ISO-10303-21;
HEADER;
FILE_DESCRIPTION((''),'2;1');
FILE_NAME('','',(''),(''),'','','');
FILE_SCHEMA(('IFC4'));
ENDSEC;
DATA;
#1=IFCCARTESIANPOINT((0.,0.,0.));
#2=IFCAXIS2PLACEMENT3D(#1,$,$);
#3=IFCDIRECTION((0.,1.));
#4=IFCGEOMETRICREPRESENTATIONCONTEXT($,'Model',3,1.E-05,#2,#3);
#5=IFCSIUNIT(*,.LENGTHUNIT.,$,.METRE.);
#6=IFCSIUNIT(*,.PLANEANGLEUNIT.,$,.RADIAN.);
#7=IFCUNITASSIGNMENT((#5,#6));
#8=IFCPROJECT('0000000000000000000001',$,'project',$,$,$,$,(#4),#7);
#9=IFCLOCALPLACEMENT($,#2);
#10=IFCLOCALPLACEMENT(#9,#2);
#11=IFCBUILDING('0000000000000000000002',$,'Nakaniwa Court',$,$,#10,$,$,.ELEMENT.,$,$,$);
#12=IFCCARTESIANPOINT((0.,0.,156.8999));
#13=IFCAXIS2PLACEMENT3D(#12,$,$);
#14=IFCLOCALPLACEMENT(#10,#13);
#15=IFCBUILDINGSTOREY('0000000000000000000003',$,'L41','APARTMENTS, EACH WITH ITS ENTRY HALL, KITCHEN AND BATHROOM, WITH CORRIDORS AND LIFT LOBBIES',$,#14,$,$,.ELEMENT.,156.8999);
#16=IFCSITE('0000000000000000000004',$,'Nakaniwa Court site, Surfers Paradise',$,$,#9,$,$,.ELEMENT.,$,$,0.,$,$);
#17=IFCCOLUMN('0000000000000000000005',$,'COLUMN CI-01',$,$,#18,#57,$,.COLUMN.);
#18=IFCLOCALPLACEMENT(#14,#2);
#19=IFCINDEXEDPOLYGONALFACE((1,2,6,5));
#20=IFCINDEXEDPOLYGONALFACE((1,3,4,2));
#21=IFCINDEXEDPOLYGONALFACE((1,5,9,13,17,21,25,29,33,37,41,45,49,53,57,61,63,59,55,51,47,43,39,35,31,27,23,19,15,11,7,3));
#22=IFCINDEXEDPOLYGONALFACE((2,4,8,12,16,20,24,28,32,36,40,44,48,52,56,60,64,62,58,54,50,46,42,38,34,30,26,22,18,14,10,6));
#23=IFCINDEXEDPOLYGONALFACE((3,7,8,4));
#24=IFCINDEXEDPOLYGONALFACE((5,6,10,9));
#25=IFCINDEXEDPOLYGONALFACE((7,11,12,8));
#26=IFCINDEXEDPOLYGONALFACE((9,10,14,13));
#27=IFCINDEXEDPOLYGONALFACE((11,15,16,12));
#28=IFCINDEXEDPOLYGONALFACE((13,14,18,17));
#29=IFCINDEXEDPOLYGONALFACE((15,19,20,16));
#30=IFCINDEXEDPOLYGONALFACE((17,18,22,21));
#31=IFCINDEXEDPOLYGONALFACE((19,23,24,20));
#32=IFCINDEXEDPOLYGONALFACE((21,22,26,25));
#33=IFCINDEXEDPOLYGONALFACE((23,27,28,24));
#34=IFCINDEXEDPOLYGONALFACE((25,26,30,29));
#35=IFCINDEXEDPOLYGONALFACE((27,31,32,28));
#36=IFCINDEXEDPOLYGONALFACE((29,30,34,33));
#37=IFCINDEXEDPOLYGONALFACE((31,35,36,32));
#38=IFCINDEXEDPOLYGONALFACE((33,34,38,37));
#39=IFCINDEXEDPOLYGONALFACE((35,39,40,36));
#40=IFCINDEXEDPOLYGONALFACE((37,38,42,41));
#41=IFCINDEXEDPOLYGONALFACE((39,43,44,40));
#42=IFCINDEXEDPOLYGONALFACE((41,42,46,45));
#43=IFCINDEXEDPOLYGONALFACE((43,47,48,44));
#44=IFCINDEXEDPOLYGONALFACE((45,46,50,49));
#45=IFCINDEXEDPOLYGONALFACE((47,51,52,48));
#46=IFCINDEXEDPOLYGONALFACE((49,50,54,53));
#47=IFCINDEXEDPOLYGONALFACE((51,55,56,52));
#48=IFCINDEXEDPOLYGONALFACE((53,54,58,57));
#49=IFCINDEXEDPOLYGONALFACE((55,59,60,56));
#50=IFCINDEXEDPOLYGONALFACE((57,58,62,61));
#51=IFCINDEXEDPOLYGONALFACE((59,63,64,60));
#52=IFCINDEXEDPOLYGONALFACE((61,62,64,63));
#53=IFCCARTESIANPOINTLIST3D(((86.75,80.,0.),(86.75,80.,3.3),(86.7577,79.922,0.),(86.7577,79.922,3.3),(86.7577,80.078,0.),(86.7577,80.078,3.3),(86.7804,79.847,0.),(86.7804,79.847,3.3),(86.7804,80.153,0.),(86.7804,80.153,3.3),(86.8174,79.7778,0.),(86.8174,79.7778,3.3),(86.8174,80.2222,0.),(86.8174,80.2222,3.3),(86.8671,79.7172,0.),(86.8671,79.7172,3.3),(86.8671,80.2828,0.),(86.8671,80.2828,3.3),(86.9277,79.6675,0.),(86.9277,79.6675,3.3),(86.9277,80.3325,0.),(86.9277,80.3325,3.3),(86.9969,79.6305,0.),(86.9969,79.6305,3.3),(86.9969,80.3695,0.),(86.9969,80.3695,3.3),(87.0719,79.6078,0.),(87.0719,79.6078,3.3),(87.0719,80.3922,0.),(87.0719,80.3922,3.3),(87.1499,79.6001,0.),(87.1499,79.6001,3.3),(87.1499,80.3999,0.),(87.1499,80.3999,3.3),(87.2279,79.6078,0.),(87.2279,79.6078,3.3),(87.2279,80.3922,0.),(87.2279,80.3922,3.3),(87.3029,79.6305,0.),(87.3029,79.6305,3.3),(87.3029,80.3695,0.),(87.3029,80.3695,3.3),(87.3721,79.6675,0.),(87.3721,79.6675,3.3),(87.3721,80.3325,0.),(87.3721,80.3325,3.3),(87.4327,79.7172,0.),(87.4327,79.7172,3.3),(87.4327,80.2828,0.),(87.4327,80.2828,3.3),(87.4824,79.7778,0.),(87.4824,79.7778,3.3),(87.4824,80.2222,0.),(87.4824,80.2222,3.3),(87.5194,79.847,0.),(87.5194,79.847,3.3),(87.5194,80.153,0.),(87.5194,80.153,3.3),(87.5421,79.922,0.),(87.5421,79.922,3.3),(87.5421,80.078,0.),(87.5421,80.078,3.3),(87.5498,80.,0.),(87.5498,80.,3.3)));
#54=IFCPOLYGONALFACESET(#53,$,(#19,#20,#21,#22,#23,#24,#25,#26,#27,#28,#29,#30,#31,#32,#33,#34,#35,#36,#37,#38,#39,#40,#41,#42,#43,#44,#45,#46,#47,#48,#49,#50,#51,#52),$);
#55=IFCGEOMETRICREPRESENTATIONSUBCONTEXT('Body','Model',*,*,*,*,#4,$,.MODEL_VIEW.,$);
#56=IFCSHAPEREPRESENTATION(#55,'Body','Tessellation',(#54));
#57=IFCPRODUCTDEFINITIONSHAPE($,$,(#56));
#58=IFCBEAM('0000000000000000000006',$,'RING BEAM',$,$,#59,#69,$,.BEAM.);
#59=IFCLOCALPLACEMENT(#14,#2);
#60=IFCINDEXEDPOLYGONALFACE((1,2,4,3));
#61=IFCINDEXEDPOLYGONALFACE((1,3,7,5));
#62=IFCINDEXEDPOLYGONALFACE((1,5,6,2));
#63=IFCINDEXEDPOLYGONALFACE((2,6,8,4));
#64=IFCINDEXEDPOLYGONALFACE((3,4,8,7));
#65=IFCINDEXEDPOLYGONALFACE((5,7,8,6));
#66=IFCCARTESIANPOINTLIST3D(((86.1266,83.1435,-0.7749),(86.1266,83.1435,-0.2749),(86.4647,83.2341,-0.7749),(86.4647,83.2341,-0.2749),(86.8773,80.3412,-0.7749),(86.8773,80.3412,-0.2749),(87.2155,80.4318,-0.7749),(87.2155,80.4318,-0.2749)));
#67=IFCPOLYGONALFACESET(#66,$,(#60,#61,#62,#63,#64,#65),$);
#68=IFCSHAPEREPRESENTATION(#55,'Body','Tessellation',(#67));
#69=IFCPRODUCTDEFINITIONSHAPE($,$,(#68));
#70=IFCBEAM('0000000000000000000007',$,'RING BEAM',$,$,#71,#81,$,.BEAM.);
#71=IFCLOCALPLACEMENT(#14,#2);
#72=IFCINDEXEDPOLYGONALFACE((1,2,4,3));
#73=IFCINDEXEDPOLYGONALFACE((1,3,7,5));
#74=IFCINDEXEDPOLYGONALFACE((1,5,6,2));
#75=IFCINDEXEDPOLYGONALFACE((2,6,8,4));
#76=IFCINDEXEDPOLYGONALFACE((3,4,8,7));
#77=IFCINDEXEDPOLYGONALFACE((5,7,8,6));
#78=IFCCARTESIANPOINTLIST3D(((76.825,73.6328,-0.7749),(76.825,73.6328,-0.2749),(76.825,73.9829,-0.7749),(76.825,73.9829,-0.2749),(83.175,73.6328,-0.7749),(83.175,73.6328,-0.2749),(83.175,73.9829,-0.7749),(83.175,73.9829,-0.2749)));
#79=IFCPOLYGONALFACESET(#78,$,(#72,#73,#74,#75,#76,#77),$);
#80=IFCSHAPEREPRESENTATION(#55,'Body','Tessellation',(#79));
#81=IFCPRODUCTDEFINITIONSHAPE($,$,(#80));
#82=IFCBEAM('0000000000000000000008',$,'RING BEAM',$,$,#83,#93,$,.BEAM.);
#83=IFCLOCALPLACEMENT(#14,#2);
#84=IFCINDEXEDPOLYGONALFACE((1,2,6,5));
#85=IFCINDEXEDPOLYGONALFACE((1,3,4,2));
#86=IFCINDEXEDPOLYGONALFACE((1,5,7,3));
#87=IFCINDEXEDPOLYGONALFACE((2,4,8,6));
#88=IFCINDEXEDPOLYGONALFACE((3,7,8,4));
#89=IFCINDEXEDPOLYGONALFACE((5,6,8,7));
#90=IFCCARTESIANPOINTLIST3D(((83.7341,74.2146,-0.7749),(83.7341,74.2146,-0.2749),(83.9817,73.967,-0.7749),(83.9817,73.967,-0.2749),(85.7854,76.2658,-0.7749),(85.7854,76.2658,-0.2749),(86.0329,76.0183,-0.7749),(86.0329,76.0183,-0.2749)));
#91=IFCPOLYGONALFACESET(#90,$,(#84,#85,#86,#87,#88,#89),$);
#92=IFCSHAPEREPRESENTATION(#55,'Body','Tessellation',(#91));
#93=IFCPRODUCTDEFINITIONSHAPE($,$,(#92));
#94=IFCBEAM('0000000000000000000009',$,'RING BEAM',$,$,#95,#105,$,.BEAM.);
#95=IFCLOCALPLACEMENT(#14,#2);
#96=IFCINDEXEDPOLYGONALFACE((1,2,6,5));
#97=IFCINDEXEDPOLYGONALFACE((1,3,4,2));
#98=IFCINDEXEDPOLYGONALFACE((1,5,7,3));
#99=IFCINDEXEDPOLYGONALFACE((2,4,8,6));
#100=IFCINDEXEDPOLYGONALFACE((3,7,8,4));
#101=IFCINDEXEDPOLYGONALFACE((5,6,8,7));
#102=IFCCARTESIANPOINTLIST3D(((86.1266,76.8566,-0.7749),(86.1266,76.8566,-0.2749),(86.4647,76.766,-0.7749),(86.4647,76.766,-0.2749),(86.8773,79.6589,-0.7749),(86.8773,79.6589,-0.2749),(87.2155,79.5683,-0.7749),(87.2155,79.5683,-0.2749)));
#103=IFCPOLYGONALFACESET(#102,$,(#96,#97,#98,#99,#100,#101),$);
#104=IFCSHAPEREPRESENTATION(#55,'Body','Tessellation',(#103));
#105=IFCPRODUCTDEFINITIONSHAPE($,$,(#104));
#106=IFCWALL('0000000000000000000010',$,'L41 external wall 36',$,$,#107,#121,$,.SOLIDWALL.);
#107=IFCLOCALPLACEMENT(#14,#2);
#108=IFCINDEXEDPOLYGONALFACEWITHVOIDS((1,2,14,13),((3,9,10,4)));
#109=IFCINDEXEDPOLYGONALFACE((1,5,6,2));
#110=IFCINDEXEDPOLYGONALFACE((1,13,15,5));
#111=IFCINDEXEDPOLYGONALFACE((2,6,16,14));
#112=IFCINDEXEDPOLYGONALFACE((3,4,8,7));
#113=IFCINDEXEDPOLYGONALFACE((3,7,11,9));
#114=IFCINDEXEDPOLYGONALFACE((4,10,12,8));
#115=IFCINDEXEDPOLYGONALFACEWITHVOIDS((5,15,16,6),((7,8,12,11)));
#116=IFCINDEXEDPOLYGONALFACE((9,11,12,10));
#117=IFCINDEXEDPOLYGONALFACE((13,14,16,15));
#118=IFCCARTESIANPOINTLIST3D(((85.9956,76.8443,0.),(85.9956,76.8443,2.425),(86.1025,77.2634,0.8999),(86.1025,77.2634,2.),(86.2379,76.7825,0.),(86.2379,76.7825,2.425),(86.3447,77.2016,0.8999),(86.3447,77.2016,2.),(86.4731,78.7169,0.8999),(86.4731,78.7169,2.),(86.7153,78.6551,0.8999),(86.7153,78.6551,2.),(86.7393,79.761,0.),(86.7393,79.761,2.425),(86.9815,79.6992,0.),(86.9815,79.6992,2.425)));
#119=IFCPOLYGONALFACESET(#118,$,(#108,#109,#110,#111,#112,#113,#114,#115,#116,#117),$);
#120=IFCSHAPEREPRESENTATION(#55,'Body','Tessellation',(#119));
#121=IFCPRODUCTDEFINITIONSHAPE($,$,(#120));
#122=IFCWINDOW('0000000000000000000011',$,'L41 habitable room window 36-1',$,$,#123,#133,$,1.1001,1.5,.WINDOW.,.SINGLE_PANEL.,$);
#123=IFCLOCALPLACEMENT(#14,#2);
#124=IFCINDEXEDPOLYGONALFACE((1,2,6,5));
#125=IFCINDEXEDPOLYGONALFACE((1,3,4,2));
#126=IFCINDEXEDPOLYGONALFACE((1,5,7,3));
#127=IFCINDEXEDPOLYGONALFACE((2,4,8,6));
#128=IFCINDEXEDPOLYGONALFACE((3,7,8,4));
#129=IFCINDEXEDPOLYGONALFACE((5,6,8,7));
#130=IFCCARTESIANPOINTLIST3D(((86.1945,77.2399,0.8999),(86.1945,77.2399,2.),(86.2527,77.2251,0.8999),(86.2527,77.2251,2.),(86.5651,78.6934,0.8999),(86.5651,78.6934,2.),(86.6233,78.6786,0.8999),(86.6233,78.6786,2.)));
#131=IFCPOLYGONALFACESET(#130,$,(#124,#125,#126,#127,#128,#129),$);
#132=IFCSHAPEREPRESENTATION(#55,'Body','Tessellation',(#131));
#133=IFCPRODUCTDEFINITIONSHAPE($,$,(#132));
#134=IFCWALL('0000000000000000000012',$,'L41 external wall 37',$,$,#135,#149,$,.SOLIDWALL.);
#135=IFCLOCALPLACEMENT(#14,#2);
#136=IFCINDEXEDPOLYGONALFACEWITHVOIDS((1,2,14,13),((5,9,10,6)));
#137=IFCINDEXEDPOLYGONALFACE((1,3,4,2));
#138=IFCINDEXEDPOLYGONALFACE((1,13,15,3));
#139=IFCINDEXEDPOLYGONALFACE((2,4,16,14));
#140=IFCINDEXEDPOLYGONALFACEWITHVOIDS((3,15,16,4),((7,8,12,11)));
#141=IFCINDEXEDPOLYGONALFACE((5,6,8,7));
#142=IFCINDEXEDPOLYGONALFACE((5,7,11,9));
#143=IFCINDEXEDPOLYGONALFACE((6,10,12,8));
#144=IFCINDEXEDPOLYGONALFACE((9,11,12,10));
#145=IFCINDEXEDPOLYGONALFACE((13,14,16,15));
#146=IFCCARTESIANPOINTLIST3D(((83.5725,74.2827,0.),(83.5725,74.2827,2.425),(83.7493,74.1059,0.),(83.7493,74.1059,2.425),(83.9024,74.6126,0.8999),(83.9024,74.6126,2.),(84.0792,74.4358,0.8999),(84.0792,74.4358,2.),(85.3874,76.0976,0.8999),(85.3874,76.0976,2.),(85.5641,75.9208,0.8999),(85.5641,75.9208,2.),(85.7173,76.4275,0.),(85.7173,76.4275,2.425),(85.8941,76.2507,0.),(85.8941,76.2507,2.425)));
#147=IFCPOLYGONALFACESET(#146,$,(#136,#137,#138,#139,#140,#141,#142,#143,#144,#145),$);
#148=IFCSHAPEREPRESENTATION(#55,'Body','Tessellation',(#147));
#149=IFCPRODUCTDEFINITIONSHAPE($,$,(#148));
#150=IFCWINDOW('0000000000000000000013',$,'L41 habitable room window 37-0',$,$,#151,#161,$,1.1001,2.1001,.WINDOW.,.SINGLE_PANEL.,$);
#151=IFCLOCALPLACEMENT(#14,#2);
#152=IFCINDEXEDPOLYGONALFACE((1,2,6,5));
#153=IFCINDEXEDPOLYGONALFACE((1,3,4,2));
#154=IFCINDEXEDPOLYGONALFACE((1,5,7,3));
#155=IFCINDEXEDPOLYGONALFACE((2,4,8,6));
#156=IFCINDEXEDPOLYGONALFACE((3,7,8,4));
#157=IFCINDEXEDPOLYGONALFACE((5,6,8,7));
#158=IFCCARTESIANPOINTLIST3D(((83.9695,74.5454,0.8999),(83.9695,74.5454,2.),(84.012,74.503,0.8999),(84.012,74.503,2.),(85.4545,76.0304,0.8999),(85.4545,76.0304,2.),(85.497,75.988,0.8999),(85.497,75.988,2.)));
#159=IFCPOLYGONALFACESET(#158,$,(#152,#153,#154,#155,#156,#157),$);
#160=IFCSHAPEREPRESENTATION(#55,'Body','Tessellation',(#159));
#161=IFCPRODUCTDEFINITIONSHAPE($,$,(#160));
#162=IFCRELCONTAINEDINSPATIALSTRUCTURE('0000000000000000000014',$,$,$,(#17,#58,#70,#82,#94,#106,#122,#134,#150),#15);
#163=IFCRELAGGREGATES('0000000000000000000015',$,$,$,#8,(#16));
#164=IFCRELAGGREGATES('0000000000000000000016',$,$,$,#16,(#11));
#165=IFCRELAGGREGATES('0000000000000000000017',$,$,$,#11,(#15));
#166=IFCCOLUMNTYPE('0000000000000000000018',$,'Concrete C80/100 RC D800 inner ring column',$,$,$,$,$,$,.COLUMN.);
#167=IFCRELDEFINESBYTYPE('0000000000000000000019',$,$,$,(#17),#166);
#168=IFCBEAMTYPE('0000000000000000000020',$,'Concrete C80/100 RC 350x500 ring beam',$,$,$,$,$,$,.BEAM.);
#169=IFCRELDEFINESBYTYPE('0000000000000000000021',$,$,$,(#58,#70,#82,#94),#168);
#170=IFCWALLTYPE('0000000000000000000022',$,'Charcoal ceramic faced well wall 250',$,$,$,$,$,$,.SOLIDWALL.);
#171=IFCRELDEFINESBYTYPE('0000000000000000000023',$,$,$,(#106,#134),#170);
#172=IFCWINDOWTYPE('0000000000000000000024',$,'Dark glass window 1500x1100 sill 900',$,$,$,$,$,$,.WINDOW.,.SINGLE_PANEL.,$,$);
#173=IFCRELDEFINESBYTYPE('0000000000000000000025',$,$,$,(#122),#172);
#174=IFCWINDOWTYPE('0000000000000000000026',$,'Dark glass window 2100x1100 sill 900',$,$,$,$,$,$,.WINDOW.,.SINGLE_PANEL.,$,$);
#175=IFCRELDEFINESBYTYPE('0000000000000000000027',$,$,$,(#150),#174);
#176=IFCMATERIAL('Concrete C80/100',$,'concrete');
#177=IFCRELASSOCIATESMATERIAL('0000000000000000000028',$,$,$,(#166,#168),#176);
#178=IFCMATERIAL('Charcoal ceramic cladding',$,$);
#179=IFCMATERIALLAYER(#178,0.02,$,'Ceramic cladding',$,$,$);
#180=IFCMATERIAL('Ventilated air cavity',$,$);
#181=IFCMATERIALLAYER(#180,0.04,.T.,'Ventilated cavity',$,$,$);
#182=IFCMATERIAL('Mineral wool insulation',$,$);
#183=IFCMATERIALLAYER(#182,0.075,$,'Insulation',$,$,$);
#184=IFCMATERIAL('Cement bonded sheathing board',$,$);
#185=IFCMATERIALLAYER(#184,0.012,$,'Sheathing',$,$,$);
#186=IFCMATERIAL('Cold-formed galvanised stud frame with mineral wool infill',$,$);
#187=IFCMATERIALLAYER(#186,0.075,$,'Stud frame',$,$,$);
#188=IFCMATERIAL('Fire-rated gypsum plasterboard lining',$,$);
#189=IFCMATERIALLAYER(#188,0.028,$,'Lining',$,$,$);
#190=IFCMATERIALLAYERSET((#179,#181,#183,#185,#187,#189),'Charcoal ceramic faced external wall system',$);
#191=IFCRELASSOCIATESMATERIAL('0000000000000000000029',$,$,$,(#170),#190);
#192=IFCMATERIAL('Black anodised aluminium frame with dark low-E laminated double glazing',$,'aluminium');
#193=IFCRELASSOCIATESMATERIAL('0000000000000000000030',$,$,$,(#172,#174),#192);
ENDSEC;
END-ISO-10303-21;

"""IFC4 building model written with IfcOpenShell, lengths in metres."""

from ifc_helpers import new_model, si_unit, direction, frame, frame_2d, origin, origin_2d, place, context, subcontext, project, spatial, rectangle, circle, extrude, material, layer, layer_set, material_profile, profile_set, type_object, element, fill, save


model = new_model("IFC4")

# Units and contexts
model_context = context("Model", 3, precision=1e-05, world=origin(), true_north=direction((0.0, 1.0)))
body_context = subcontext(model_context, "Body", "Model", "MODEL_VIEW")
ifc_project = project(units=[si_unit("LENGTHUNIT", "METRE"), si_unit("PLANEANGLEUNIT", "RADIAN")], contexts=[model_context])

# Site, building, storey
site_placement = place(None, origin())
site = spatial("IfcSite", under=ifc_project, at=site_placement, Name="Nakaniwa Court site, Surfers Paradise", CompositionType="ELEMENT", RefElevation=0.0)
building_placement = place(site_placement, origin())
building = spatial("IfcBuilding", under=site, at=building_placement, Name="Nakaniwa Court", CompositionType="ELEMENT")
storey_placement = place(building_placement, frame((0.0, 0.0, 156.8999)))
storey = spatial("IfcBuildingStorey", under=building, at=storey_placement, Name="L41", Description="APARTMENTS, EACH WITH ITS ENTRY HALL, KITCHEN AND BATHROOM, WITH CORRIDORS AND LIFT LOBBIES", CompositionType="ELEMENT", Elevation=156.8999)

# Column
ifc_material_1 = material(Name="Concrete C80/100", Category="concrete")
ifc_material_profile_1 = material_profile(ifc_material_1, circle(Radius=0.3999, at=origin_2d()), Name="Concrete C80/100 RC D800 inner ring column")
ifc_profile_set_1 = profile_set([ifc_material_profile_1], Name="Concrete C80/100")
column_type = type_object("IfcColumnType", Name="Concrete C80/100 RC D800 inner ring column", PredefinedType="COLUMN", material=ifc_profile_set_1)
for number, where, z_axis, x_axis, name in (
    (1, (87.1499, 80.0, 0.0), (0.0, 0.0, 1.0), (0.0, 1.0, 0.0), "COLUMN CI-01"),
):
    element("IfcColumn", number, at=place(storey_placement, frame(where, z_axis=z_axis, x_axis=x_axis)), inside=storey, type_object=column_type, Name=name, PredefinedType="COLUMN", context=body_context, shape_type="SweptSolid", body=[
        extrude(circle(Radius=0.3999, at=origin_2d()), origin(), (0.0, 0.0, 1.0), 3.3),
    ])

# Beams
ifc_material_profile_2 = material_profile(ifc_material_1, rectangle(XDim=0.3501, YDim=0.5, at=origin_2d()), Name="Concrete C80/100 RC 350x500 ring beam")
ifc_profile_set_2 = profile_set([ifc_material_profile_2], Name="Concrete C80/100")
beam_type = type_object("IfcBeamType", Name="Concrete C80/100 RC 350x500 ring beam", PredefinedType="BEAM", material=ifc_profile_set_2)
beam_1_placement = place(storey_placement, frame((87.0464, 80.3865, -0.5249), z_axis=(-0.258778, 0.965937, 0.0), x_axis=(-0.965937, -0.258778, 0.0)))
element("IfcBeam", 2, at=beam_1_placement, inside=storey, type_object=beam_type, Name="RING BEAM", PredefinedType="BEAM", context=body_context, shape_type="SweptSolid", body=[
    extrude(rectangle(XDim=0.3501, YDim=0.5, at=origin_2d()), origin(), (0.0, 0.0, 1.0), 2.9011),
])
beam_2_placement = place(storey_placement, frame((76.825, 73.8079, -0.5249), z_axis=(1.0, 0.0, 0.0), x_axis=(0.0, 1.0, 0.0)))
element("IfcBeam", 3, at=beam_2_placement, inside=storey, type_object=beam_type, Name="RING BEAM", PredefinedType="BEAM", context=body_context, shape_type="SweptSolid", body=[
    extrude(rectangle(XDim=0.3501, YDim=0.5, at=origin_2d()), origin(), (0.0, 0.0, 1.0), 6.3501),
])
beam_3_placement = place(storey_placement, frame((83.8579, 74.0908, -0.5249), z_axis=(0.707107, 0.707107, 0.0), x_axis=(-0.707107, 0.707107, 0.0)))
element("IfcBeam", 4, at=beam_3_placement, inside=storey, type_object=beam_type, Name="RING BEAM", PredefinedType="BEAM", context=body_context, shape_type="SweptSolid", body=[
    extrude(rectangle(XDim=0.3501, YDim=0.5, at=origin_2d()), origin(), (0.0, 0.0, 1.0), 2.9009),
])
beam_4_placement = place(storey_placement, frame((86.2957, 76.8113, -0.5249), z_axis=(0.258778, 0.965937, 0.0), x_axis=(-0.965937, 0.258778, 0.0)))
element("IfcBeam", 5, at=beam_4_placement, inside=storey, type_object=beam_type, Name="RING BEAM", PredefinedType="BEAM", context=body_context, shape_type="SweptSolid", body=[
    extrude(rectangle(XDim=0.3501, YDim=0.5, at=origin_2d()), origin(), (0.0, 0.0, 1.0), 2.9011),
])

# Walls, openings, windows
ifc_material_2 = material(Name="Charcoal ceramic cladding")
ifc_layer_1 = layer(ifc_material_2, 0.02, Name="Ceramic cladding")
ifc_material_3 = material(Name="Ventilated air cavity")
ifc_layer_2 = layer(ifc_material_3, 0.04, ventilated=True, Name="Ventilated cavity")
ifc_material_4 = material(Name="Mineral wool insulation")
ifc_layer_3 = layer(ifc_material_4, 0.075, Name="Insulation")
ifc_material_5 = material(Name="Cement bonded sheathing board")
ifc_layer_4 = layer(ifc_material_5, 0.012, Name="Sheathing")
ifc_material_6 = material(Name="Cold-formed galvanised stud frame with mineral wool infill")
ifc_layer_5 = layer(ifc_material_6, 0.075, Name="Stud frame")
ifc_material_7 = material(Name="Fire-rated gypsum plasterboard lining")
ifc_layer_6 = layer(ifc_material_7, 0.028, Name="Lining")
ifc_layer_set_1 = layer_set([ifc_layer_1, ifc_layer_2, ifc_layer_3, ifc_layer_4, ifc_layer_5, ifc_layer_6], Name="Charcoal ceramic faced external wall system")
wall_type_1 = type_object("IfcWallType", Name="Charcoal ceramic faced well wall 250", PredefinedType="SOLIDWALL", material=ifc_layer_set_1)
wall_1_placement = place(storey_placement, frame((86.8604, 79.73, 0.0), z_axis=(0.0, 0.0, 1.0), x_axis=(-0.247056, -0.969001, 0.0)))
wall_1 = element("IfcWall", 6, at=wall_1_placement, inside=storey, type_object=wall_type_1, Name="L41 external wall 36", PredefinedType="SOLIDWALL", context=body_context, shape_type="SweptSolid", body=[
    extrude(rectangle(XDim=3.01, YDim=0.25, at=frame_2d((1.5049, 0.0))), origin(), (0.0, 0.0, 1.0), 2.425),
])
opening_1_placement = place(wall_1_placement, frame((1.0774, 0.0, 0.8999)))
opening_1 = element("IfcOpeningElement", 7, at=opening_1_placement, cuts=wall_1, PredefinedType="OPENING", context=body_context, shape_type="SweptSolid", body=[
    extrude(rectangle(XDim=1.5, YDim=1.1001, at=frame_2d((0.75, 0.55))), frame((0.0, 0.135, 0.0), z_axis=(0.0, -1.0, 0.0), x_axis=(1.0, 0.0, 0.0)), (0.0, 0.0, 1.0), 0.27),
])
ifc_material_8 = material(Name="Black anodised aluminium frame with dark low-E laminated double glazing", Category="aluminium")
window_type_1 = type_object("IfcWindowType", Name="Dark glass window 1500x1100 sill 900", PartitioningType="SINGLE_PANEL", PredefinedType="WINDOW", material=ifc_material_8)
window_1_placement = place(opening_1_placement, origin())
window_1 = element("IfcWindow", 8, at=window_1_placement, inside=storey, type_object=window_type_1, Name="L41 habitable room window 36-1", OverallHeight=1.1001, OverallWidth=1.5, PartitioningType="SINGLE_PANEL", PredefinedType="WINDOW", context=body_context, shape_type="SweptSolid", body=[
    extrude(rectangle(XDim=1.5, YDim=1.1001, at=frame_2d((0.75, 0.55))), frame((0.0, 0.03, 0.0), z_axis=(0.0, -1.0, 0.0), x_axis=(1.0, 0.0, 0.0)), (0.0, 0.0, 1.0), 0.0601),
])
fill(opening_1, window_1)
wall_2_placement = place(storey_placement, frame((85.8057, 76.3391, 0.0), z_axis=(0.0, 0.0, 1.0), x_axis=(-0.707107, -0.707107, 0.0)))
wall_2 = element("IfcWall", 9, at=wall_2_placement, inside=storey, type_object=wall_type_1, Name="L41 external wall 37", PredefinedType="SOLIDWALL", context=body_context, shape_type="SweptSolid", body=[
    extrude(rectangle(XDim=3.0332, YDim=0.25, at=frame_2d((1.5166, 0.0))), origin(), (0.0, 0.0, 1.0), 2.425),
])
opening_2_placement = place(wall_2_placement, frame((0.4666, 0.0, 0.8999)))
opening_2 = element("IfcOpeningElement", 10, at=opening_2_placement, cuts=wall_2, PredefinedType="OPENING", context=body_context, shape_type="SweptSolid", body=[
    extrude(rectangle(XDim=2.1001, YDim=1.1001, at=frame_2d((1.05, 0.55))), frame((0.0, 0.135, 0.0), z_axis=(0.0, -1.0, 0.0), x_axis=(1.0, 0.0, 0.0)), (0.0, 0.0, 1.0), 0.27),
])
window_type_2 = type_object("IfcWindowType", Name="Dark glass window 2100x1100 sill 900", PartitioningType="SINGLE_PANEL", PredefinedType="WINDOW", material=ifc_material_8)
window_2_placement = place(opening_2_placement, origin())
window_2 = element("IfcWindow", 11, at=window_2_placement, inside=storey, type_object=window_type_2, Name="L41 habitable room window 37-0", OverallHeight=1.1001, OverallWidth=2.1001, PartitioningType="SINGLE_PANEL", PredefinedType="WINDOW", context=body_context, shape_type="SweptSolid", body=[
    extrude(rectangle(XDim=2.1001, YDim=1.1001, at=frame_2d((1.05, 0.55))), frame((0.0, 0.03, 0.0), z_axis=(0.0, -1.0, 0.0), x_axis=(1.0, 0.0, 0.0)), (0.0, 0.0, 1.0), 0.0601),
])
fill(opening_2, window_2)

save(model, "model.ifc")
